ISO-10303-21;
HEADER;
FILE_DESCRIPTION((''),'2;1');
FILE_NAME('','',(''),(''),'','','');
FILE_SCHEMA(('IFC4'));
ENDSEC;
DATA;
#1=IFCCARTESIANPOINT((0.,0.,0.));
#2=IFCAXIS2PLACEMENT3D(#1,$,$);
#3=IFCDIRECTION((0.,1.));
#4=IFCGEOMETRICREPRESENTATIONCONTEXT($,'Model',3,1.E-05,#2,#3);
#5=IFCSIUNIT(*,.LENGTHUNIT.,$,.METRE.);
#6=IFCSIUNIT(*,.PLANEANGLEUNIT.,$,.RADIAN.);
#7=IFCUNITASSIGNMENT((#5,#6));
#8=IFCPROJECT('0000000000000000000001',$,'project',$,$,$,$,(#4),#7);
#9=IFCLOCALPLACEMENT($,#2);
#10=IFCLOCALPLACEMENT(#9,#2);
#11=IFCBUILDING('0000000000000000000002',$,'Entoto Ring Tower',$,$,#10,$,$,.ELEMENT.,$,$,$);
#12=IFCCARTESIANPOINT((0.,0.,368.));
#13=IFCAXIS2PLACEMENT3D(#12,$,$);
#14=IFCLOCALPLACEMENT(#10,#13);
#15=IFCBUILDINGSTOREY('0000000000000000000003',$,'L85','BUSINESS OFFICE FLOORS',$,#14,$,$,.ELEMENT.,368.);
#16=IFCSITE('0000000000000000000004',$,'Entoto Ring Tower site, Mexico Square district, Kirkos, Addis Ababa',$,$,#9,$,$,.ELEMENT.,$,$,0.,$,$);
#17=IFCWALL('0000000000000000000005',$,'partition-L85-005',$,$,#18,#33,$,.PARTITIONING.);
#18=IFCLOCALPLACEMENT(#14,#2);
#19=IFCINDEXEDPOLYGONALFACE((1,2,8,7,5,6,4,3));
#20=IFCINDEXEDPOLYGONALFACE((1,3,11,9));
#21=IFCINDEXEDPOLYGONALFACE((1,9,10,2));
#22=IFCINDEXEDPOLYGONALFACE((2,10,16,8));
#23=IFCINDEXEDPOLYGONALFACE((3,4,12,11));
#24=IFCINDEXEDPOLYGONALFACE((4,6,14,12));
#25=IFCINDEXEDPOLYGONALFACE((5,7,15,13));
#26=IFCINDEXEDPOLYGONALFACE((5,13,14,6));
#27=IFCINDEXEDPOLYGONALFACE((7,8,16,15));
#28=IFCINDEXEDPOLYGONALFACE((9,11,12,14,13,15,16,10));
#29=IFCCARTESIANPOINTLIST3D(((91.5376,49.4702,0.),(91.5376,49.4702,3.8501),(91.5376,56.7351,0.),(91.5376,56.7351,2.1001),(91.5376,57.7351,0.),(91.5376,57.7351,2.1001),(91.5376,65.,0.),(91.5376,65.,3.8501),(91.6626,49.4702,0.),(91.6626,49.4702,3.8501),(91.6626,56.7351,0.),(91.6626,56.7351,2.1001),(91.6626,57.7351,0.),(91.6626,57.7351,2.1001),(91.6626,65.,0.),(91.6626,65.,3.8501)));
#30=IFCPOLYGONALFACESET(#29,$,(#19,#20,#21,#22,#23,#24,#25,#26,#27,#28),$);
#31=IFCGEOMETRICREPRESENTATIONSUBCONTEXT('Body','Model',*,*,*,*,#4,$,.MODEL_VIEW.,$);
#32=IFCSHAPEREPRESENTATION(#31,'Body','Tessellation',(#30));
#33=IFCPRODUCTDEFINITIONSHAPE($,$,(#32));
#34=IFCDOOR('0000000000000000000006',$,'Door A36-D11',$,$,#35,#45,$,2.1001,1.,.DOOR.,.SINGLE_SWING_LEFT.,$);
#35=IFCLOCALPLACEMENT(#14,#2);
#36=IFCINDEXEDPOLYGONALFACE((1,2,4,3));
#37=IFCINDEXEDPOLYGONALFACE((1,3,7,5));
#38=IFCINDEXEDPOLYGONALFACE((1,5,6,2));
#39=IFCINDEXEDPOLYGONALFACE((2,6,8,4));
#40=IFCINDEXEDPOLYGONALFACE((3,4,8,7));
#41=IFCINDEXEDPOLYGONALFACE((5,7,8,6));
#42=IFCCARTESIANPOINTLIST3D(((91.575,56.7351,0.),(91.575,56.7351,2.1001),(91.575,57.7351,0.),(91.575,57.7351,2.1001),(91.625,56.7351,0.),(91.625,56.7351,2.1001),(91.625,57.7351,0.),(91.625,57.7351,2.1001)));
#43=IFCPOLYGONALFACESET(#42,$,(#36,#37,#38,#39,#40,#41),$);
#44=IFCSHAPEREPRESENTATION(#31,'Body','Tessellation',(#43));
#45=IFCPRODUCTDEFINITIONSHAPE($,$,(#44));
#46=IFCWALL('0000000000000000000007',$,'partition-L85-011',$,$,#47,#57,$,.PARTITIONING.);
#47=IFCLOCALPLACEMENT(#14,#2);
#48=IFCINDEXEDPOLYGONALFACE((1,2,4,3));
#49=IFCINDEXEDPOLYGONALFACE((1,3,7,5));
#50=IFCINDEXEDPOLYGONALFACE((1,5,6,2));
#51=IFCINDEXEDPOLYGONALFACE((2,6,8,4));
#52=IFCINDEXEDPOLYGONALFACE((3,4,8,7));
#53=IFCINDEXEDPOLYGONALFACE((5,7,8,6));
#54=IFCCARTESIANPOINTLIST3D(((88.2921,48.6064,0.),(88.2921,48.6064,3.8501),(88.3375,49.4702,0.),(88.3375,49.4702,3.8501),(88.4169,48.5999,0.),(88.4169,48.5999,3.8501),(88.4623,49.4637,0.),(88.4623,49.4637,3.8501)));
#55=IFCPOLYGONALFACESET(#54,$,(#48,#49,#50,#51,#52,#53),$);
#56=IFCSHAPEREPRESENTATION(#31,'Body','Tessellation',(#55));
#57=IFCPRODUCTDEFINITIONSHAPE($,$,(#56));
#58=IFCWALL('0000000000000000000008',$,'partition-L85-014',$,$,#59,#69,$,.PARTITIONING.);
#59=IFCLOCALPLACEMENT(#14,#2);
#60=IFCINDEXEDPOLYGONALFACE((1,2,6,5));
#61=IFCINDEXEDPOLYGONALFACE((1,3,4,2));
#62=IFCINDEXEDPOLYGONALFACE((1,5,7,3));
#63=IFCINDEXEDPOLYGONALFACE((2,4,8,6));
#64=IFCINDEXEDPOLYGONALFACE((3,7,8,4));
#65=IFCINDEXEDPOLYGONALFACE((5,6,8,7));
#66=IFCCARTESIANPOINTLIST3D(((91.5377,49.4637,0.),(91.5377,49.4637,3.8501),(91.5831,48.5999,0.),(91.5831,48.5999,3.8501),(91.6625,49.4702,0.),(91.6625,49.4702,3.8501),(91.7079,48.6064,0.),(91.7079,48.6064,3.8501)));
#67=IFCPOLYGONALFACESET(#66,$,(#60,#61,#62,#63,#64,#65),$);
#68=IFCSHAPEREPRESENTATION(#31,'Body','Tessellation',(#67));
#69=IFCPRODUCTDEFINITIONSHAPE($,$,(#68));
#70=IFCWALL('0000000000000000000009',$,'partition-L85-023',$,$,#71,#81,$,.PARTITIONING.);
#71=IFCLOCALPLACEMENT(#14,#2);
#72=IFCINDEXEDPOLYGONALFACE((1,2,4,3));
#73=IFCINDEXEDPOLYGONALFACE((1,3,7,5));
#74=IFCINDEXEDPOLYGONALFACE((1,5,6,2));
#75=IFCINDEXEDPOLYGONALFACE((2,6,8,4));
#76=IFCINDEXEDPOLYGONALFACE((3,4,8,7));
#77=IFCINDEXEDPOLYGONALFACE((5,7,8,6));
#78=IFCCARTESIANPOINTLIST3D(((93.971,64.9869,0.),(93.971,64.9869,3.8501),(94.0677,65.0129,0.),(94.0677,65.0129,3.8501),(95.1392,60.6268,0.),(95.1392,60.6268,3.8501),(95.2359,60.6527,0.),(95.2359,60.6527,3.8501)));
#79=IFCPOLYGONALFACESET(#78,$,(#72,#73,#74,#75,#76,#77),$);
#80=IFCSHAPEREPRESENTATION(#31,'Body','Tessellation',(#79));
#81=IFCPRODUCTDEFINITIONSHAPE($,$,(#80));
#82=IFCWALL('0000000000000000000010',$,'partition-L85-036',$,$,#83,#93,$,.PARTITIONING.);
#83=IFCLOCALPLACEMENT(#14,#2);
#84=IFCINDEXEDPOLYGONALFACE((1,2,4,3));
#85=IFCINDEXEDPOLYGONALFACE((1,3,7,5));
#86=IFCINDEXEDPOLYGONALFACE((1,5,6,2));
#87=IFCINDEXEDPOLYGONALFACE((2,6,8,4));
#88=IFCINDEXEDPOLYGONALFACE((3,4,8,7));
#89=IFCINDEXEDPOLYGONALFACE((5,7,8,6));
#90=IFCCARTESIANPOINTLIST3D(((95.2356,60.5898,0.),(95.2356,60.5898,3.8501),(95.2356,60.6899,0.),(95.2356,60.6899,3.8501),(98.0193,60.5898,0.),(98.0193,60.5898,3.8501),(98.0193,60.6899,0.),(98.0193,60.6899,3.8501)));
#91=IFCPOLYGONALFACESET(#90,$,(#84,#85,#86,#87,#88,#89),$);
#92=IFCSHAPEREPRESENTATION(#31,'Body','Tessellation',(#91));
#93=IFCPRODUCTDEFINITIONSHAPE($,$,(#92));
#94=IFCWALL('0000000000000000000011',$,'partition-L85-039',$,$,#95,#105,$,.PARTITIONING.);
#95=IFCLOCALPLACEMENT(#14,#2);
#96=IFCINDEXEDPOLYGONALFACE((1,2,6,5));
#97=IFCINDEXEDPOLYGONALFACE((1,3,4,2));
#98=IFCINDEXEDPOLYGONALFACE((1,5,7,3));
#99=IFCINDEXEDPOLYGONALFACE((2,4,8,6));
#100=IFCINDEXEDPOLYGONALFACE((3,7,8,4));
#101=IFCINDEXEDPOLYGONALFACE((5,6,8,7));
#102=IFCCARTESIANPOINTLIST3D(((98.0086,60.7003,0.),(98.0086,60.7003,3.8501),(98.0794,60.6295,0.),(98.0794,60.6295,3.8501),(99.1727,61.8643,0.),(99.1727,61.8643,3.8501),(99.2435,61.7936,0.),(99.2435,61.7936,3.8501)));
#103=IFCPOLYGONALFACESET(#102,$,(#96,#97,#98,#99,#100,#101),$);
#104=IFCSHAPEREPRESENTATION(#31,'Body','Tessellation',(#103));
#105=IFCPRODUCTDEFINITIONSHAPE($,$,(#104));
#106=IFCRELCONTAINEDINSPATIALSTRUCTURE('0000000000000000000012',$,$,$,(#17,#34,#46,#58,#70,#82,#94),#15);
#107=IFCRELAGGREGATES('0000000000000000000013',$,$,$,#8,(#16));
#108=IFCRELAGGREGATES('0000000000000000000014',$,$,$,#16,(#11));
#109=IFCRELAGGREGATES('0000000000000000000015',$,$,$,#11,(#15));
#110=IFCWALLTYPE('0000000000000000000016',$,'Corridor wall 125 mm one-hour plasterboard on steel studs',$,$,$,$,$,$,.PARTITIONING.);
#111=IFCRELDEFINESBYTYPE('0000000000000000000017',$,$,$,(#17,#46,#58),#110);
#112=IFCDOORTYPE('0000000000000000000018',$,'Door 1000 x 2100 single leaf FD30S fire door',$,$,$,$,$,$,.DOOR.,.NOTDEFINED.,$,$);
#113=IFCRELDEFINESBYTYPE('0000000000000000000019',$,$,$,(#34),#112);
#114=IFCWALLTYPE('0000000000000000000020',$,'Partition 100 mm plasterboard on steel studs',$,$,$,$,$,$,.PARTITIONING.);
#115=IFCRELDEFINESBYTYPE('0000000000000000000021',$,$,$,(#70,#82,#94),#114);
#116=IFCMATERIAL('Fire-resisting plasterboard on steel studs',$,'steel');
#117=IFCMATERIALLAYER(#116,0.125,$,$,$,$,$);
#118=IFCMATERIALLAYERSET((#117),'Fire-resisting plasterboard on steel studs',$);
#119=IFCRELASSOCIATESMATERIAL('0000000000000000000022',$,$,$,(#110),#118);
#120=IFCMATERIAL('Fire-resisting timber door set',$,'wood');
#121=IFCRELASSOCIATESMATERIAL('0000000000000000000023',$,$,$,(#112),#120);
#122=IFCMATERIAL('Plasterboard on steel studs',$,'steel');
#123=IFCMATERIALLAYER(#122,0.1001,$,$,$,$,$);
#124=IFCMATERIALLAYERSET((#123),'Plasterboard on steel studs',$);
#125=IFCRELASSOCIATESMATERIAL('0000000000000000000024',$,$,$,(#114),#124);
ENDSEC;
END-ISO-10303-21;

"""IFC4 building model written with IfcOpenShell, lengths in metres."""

from ifc_helpers import new_model, si_unit, direction, frame, frame_2d, origin, place, context, subcontext, project, spatial, rectangle, extrude, material, layer, layer_set, type_object, element, fill, save


model = new_model("IFC4")

# Units and contexts
model_context = context("Model", 3, precision=1e-05, world=origin(), true_north=direction((0.0, 1.0)))
body_context = subcontext(model_context, "Body", "Model", "MODEL_VIEW")
ifc_project = project(units=[si_unit("LENGTHUNIT", "METRE"), si_unit("PLANEANGLEUNIT", "RADIAN")], contexts=[model_context])

# Site, building, storey
site_placement = place(None, origin())
site = spatial("IfcSite", under=ifc_project, at=site_placement, Name="Entoto Ring Tower site, Mexico Square district, Kirkos, Addis Ababa", CompositionType="ELEMENT", RefElevation=0.0)
building_placement = place(site_placement, origin())
building = spatial("IfcBuilding", under=site, at=building_placement, Name="Entoto Ring Tower", CompositionType="ELEMENT")
storey_placement = place(building_placement, frame((0.0, 0.0, 368.0)))
storey = spatial("IfcBuildingStorey", under=building, at=storey_placement, Name="L85", Description="BUSINESS OFFICE FLOORS", CompositionType="ELEMENT", Elevation=368.0)

# Wall, opening, door
ifc_material_1 = material(Name="Fire-resisting plasterboard on steel studs", Category="steel")
ifc_layer_1 = layer(ifc_material_1, 0.125)
ifc_layer_set_1 = layer_set([ifc_layer_1], Name="Fire-resisting plasterboard on steel studs")
wall_type_1 = type_object("IfcWallType", Name="Corridor wall 125 mm one-hour plasterboard on steel studs", PredefinedType="PARTITIONING", material=ifc_layer_set_1)
ifc_material_2 = material(Name="Fire-resisting timber door set", Category="wood")
door_type = type_object("IfcDoorType", Name="Door 1000 x 2100 single leaf FD30S fire door", OperationType="NOTDEFINED", PredefinedType="DOOR", material=ifc_material_2)
wall_1_placement = place(storey_placement, frame((91.6001, 49.4702, 0.0), z_axis=(0.0, 0.0, 1.0), x_axis=(0.0, 1.0, 0.0)))
wall_1 = element("IfcWall", 1, at=wall_1_placement, inside=storey, type_object=wall_type_1, Name="partition-L85-005", PredefinedType="PARTITIONING", context=body_context, shape_type="SweptSolid", body=[
    extrude(rectangle(XDim=15.5298, YDim=0.125, at=frame_2d((7.7649, 0.0))), origin(), (0.0, 0.0, 1.0), 3.8501),
])
opening_1_placement = place(wall_1_placement, frame((7.2649, 0.0, 0.0)))
opening_1 = element("IfcOpeningElement", 2, at=opening_1_placement, cuts=wall_1, PredefinedType="OPENING", context=body_context, shape_type="SweptSolid", body=[
    extrude(rectangle(XDim=1.0, YDim=2.1001, at=frame_2d((0.5, 1.05))), frame((0.0, 0.0725, 0.0), z_axis=(0.0, -1.0, 0.0), x_axis=(1.0, 0.0, 0.0)), (0.0, 0.0, 1.0), 0.145),
])
door_1_placement = place(opening_1_placement, frame((1.0, 0.0, 0.0), z_axis=(0.0, 0.0, 1.0), x_axis=(-1.0, 0.0, 0.0)))
door_1 = element("IfcDoor", 3, at=door_1_placement, inside=storey, type_object=door_type, Name="Door A36-D11", OperationType="SINGLE_SWING_LEFT", OverallHeight=2.1001, OverallWidth=1.0, PredefinedType="DOOR", context=body_context, shape_type="SweptSolid", body=[
    extrude(rectangle(XDim=1.0, YDim=2.1001, at=frame_2d((0.5, 1.05))), frame((0.0, 0.0249, 0.0), z_axis=(0.0, -1.0, 0.0), x_axis=(1.0, 0.0, 0.0)), (0.0, 0.0, 1.0), 0.05),
])
fill(opening_1, door_1)

# Walls
for number, where, z_axis, x_axis, name in (
    (4, (88.3545, 48.603, 0.0), (0.0, 0.0, 1.0), (0.0525, 0.998621, 0.0), "partition-L85-011"),
    (5, (91.6455, 48.603, 0.0), (0.0, 0.0, 1.0), (-0.0525, 0.998621, 0.0), "partition-L85-014"),
):
    element("IfcWall", number, at=place(storey_placement, frame(where, z_axis=z_axis, x_axis=x_axis)), inside=storey, type_object=wall_type_1, Name=name, PredefinedType="PARTITIONING", context=body_context, shape_type="SweptSolid", body=[
        extrude(rectangle(XDim=0.865, YDim=0.125, at=frame_2d((0.4326, 0.0))), origin(), (0.0, 0.0, 1.0), 3.8501),
    ])
ifc_material_3 = material(Name="Plasterboard on steel studs", Category="steel")
ifc_layer_2 = layer(ifc_material_3, 0.1001)
ifc_layer_set_2 = layer_set([ifc_layer_2], Name="Plasterboard on steel studs")
wall_type_2 = type_object("IfcWallType", Name="Partition 100 mm plasterboard on steel studs", PredefinedType="PARTITIONING", material=ifc_layer_set_2)
wall_2_placement = place(storey_placement, frame((95.1875, 60.6399, 0.0), z_axis=(0.0, 0.0, 1.0), x_axis=(-0.258804, 0.96593, 0.0)))
element("IfcWall", 6, at=wall_2_placement, inside=storey, type_object=wall_type_2, Name="partition-L85-023", PredefinedType="PARTITIONING", context=body_context, shape_type="SweptSolid", body=[
    extrude(rectangle(XDim=4.5139, YDim=0.1001, at=frame_2d((2.2568, 0.0))), origin(), (0.0, 0.0, 1.0), 3.8501),
])
wall_3_placement = place(storey_placement, frame((95.2356, 60.6399, 0.0), z_axis=(0.0, 0.0, 1.0), x_axis=(1.0, 0.0, 0.0)))
element("IfcWall", 7, at=wall_3_placement, inside=storey, type_object=wall_type_2, Name="partition-L85-036", PredefinedType="PARTITIONING", context=body_context, shape_type="SweptSolid", body=[
    extrude(rectangle(XDim=2.7837, YDim=0.1001, at=frame_2d((1.3918, 0.0))), origin(), (0.0, 0.0, 1.0), 3.8501),
])
wall_4_placement = place(storey_placement, frame((98.0439, 60.6648, 0.0), z_axis=(0.0, 0.0, 1.0), x_axis=(0.707107, 0.707107, 0.0)))
element("IfcWall", 8, at=wall_4_placement, inside=storey, type_object=wall_type_2, Name="partition-L85-039", PredefinedType="PARTITIONING", context=body_context, shape_type="SweptSolid", body=[
    extrude(rectangle(XDim=1.6462, YDim=0.1001, at=frame_2d((0.8232, 0.0))), origin(), (0.0, 0.0, 1.0), 3.8501),
])

save(model, "model.ifc")
